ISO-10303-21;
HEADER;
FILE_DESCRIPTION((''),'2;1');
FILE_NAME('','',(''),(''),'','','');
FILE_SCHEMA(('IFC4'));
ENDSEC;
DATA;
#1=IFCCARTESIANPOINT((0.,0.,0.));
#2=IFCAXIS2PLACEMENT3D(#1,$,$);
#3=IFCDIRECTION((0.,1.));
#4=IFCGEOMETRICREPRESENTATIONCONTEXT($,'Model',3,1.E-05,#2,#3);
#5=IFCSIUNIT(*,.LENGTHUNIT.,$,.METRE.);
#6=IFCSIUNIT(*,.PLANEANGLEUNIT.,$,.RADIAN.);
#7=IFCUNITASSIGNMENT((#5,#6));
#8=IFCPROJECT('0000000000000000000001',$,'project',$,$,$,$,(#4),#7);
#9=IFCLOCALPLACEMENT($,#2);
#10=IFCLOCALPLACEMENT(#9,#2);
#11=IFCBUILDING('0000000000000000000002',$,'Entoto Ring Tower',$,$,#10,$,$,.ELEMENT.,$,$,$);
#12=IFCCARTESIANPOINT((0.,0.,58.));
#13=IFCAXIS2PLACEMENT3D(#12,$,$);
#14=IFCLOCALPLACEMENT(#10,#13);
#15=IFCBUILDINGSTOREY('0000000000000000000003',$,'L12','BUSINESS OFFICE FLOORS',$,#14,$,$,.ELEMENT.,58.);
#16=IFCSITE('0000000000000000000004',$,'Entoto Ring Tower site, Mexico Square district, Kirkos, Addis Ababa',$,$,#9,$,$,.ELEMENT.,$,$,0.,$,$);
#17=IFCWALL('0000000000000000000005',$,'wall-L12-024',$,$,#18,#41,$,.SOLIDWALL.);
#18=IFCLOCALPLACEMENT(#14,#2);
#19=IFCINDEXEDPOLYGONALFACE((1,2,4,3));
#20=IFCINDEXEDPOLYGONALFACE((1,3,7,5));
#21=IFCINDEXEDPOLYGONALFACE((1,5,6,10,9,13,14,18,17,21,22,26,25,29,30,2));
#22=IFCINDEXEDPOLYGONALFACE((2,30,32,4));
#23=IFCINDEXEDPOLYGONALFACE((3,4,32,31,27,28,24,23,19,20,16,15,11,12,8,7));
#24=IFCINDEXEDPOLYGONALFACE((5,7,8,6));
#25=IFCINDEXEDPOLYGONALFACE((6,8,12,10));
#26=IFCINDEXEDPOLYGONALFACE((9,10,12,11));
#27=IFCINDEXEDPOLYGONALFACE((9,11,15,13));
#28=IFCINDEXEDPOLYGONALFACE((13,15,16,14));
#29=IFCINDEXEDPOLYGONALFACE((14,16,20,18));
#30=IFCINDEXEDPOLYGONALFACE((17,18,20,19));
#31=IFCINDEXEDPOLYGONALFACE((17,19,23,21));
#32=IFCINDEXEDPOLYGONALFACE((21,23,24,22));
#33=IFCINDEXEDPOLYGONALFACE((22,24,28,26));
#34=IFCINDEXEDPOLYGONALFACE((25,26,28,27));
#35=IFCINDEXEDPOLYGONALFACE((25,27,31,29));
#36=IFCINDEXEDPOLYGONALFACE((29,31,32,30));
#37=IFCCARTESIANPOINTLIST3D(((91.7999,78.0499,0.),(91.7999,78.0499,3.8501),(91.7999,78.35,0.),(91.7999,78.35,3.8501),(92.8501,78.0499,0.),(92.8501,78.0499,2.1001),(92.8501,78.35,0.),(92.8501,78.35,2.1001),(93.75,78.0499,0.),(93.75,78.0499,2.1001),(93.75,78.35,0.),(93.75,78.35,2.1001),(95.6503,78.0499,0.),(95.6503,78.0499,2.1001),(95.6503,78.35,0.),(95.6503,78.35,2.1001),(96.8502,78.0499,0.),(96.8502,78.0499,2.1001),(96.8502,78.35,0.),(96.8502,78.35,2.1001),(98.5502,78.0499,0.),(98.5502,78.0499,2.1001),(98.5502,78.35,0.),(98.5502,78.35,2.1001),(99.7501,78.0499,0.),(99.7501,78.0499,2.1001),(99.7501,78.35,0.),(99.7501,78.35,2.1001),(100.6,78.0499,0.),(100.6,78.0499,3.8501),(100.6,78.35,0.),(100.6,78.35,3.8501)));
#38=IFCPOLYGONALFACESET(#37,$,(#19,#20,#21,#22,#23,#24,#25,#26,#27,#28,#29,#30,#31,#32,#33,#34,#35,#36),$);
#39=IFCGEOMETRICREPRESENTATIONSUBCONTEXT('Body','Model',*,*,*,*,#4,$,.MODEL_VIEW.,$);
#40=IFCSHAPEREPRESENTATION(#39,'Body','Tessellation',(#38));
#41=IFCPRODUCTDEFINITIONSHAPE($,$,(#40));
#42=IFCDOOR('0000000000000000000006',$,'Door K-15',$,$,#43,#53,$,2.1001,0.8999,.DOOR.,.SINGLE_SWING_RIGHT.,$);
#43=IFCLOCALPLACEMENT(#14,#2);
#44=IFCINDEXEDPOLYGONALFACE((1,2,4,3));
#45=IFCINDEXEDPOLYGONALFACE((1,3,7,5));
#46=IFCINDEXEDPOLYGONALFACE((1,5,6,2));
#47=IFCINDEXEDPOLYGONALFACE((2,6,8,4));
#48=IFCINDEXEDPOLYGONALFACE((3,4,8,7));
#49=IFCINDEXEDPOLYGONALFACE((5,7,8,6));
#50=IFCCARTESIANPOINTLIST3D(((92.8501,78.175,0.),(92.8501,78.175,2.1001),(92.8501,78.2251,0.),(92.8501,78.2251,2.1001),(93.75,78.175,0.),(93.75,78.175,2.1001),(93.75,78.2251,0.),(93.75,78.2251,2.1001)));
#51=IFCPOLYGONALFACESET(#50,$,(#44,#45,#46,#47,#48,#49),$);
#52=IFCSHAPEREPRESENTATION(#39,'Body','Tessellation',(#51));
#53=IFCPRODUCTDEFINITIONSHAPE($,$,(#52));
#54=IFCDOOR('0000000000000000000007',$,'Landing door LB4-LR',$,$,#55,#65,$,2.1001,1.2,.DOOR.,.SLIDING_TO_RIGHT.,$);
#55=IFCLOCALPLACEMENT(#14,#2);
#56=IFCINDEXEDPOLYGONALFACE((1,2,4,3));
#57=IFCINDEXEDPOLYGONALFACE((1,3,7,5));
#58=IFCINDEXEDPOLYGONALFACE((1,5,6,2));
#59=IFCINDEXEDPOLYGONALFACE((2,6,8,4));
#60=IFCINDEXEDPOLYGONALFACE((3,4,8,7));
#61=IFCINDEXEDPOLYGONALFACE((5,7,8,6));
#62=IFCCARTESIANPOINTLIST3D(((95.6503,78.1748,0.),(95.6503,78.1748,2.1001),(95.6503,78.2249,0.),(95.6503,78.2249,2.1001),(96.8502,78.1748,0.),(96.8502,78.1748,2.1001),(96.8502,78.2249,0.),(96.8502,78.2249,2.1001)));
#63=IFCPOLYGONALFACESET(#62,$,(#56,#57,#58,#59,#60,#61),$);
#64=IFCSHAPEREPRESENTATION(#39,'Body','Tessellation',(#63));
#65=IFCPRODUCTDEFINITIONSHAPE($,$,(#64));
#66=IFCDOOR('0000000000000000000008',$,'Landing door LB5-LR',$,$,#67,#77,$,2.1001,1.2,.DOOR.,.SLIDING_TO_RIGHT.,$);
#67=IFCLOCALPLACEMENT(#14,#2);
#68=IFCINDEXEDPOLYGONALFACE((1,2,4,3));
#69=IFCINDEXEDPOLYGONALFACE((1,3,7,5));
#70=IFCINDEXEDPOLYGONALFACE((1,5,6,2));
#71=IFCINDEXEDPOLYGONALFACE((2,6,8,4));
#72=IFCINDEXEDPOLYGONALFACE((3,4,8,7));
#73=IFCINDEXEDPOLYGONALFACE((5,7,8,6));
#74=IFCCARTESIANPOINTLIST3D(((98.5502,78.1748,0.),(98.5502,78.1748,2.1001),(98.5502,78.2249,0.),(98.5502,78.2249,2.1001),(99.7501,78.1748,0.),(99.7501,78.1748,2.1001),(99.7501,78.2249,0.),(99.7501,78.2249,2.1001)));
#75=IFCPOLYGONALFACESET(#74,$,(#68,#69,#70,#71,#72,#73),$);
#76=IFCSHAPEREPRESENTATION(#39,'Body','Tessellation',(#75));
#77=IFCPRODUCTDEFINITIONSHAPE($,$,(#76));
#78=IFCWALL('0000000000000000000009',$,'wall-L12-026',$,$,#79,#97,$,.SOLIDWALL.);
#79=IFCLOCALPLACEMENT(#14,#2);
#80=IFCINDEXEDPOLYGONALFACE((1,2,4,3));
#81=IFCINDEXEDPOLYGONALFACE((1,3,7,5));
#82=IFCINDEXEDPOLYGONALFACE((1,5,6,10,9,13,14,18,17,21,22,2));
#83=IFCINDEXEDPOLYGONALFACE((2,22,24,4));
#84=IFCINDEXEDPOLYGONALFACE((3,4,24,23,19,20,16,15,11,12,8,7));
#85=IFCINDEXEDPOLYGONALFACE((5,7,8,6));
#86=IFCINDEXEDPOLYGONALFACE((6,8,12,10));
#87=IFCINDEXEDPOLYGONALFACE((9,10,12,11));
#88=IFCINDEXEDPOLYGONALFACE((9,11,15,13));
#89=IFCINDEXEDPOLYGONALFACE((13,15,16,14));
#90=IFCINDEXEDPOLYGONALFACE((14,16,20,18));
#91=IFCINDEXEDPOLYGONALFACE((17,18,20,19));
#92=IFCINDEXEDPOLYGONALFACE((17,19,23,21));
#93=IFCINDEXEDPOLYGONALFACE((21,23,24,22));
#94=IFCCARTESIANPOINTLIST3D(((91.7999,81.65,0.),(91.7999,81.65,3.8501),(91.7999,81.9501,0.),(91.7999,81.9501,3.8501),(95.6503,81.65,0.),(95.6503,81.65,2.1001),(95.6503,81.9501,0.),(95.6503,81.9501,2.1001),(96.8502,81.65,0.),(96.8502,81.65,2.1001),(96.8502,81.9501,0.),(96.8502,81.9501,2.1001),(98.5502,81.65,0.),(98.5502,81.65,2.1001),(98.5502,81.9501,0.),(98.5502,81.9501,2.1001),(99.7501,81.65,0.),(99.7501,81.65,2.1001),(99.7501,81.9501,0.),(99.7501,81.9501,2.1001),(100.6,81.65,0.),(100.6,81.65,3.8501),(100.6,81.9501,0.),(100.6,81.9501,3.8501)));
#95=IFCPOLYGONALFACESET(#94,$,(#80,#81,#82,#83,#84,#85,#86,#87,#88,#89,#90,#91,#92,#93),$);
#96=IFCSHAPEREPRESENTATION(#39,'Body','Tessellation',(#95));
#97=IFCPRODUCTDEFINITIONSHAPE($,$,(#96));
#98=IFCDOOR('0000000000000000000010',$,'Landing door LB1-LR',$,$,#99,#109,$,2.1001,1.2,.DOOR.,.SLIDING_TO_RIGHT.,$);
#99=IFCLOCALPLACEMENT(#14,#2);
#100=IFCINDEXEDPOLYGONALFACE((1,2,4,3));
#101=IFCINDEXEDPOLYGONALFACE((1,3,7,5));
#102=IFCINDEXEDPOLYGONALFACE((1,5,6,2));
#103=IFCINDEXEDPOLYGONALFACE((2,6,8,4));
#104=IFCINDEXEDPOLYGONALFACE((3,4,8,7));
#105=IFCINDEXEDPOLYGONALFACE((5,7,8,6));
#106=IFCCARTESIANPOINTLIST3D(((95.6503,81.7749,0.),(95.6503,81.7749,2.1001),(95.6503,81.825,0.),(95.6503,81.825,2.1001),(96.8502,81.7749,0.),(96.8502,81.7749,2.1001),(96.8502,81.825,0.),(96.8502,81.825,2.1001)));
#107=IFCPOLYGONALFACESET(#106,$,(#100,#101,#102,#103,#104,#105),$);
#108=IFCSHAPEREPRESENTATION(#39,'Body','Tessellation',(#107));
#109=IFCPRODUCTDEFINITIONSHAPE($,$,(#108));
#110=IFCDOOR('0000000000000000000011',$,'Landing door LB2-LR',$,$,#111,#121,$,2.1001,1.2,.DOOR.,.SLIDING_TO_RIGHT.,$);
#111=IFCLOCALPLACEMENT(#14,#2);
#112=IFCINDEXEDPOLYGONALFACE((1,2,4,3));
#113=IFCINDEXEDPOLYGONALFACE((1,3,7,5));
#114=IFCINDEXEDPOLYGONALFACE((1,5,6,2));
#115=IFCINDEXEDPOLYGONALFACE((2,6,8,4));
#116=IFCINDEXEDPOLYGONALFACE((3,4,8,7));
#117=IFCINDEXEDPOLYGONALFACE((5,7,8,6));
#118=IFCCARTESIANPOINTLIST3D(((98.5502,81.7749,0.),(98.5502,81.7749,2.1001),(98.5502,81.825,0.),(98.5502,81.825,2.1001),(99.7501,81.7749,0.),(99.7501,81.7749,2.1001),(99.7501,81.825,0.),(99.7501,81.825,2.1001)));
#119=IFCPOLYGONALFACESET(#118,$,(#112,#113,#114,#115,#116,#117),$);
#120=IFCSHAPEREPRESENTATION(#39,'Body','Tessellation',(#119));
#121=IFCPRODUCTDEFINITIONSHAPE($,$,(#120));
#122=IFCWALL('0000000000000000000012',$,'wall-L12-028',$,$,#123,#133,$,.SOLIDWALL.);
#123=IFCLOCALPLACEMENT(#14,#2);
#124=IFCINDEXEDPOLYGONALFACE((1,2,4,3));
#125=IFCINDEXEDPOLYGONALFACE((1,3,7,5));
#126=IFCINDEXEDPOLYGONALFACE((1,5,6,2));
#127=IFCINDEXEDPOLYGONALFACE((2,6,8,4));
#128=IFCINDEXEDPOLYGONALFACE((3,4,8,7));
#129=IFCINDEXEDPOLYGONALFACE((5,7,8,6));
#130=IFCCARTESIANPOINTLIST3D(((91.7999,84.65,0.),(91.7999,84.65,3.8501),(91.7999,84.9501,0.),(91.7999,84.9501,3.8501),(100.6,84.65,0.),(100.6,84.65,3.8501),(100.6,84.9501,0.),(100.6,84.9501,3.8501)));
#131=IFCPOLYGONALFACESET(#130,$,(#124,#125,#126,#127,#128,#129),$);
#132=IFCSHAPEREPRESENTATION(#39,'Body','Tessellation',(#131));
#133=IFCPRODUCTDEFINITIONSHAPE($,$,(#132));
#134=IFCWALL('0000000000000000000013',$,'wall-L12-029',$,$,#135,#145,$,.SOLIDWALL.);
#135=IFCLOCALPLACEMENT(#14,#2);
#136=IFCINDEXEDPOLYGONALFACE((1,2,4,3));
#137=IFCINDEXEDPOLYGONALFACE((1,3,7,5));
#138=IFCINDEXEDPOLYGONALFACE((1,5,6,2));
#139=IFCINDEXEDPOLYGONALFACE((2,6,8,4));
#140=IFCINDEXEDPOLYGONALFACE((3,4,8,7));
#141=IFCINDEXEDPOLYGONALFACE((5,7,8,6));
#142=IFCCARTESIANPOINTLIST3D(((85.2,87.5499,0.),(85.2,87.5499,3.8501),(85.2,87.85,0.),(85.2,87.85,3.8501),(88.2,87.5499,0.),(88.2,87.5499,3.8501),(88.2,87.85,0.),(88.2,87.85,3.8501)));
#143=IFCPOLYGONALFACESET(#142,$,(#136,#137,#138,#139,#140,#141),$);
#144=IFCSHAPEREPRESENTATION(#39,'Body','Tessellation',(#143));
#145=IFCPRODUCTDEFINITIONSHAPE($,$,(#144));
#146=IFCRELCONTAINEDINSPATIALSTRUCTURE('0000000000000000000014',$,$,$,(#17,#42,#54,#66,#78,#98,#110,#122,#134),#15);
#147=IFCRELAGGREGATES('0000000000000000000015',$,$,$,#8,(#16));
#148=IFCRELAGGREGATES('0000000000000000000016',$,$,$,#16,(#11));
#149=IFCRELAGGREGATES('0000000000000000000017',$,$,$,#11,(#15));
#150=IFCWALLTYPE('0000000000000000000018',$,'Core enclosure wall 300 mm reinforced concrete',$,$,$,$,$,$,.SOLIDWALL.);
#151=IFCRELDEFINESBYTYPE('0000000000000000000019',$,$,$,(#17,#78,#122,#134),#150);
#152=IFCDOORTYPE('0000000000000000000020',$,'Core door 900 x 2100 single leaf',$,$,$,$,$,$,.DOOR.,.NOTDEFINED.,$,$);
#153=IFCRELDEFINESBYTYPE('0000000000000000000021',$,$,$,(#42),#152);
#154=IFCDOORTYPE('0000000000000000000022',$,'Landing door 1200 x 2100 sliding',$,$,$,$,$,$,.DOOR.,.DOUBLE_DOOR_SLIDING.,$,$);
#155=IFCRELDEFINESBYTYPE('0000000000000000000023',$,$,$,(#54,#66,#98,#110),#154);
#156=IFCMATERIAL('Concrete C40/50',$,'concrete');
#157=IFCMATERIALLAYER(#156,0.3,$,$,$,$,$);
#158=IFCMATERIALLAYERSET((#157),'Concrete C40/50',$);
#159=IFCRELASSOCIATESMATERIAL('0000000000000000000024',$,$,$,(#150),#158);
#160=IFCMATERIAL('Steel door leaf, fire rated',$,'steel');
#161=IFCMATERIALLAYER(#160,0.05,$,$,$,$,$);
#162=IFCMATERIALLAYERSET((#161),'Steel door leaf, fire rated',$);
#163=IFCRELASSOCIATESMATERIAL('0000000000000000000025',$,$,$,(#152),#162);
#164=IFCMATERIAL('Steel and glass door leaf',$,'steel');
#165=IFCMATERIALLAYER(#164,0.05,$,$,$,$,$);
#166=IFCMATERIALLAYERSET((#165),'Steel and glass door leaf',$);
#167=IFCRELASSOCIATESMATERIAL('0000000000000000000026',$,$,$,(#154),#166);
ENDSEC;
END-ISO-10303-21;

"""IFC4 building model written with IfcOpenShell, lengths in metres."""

from ifc_helpers import new_model, si_unit, direction, frame, frame_2d, origin, place, context, subcontext, project, spatial, rectangle, extrude, material, layer, layer_set, type_object, element, fill, save


model = new_model("IFC4")

# Units and contexts
model_context = context("Model", 3, precision=1e-05, world=origin(), true_north=direction((0.0, 1.0)))
body_context = subcontext(model_context, "Body", "Model", "MODEL_VIEW")
ifc_project = project(units=[si_unit("LENGTHUNIT", "METRE"), si_unit("PLANEANGLEUNIT", "RADIAN")], contexts=[model_context])

# Site, building, storey
site_placement = place(None, origin())
site = spatial("IfcSite", under=ifc_project, at=site_placement, Name="Entoto Ring Tower site, Mexico Square district, Kirkos, Addis Ababa", CompositionType="ELEMENT", RefElevation=0.0)
building_placement = place(site_placement, origin())
building = spatial("IfcBuilding", under=site, at=building_placement, Name="Entoto Ring Tower", CompositionType="ELEMENT")
storey_placement = place(building_placement, frame((0.0, 0.0, 58.0)))
storey = spatial("IfcBuildingStorey", under=building, at=storey_placement, Name="L12", Description="BUSINESS OFFICE FLOORS", CompositionType="ELEMENT", Elevation=58.0)

# Shared definitions
ifc_material_1 = material(Name="Concrete C40/50", Category="concrete")
ifc_layer_1 = layer(ifc_material_1, 0.3)
ifc_layer_set_1 = layer_set([ifc_layer_1], Name="Concrete C40/50")
wall_type = type_object("IfcWallType", Name="Core enclosure wall 300 mm reinforced concrete", PredefinedType="SOLIDWALL", material=ifc_layer_set_1)

# Shared definitions
ifc_material_2 = material(Name="Steel door leaf, fire rated", Category="steel")
ifc_layer_2 = layer(ifc_material_2, 0.05)
ifc_layer_set_2 = layer_set([ifc_layer_2], Name="Steel door leaf, fire rated")
door_type_1 = type_object("IfcDoorType", Name="Core door 900 x 2100 single leaf", OperationType="NOTDEFINED", PredefinedType="DOOR", material=ifc_layer_set_2)

# Walls, openings, doors
ifc_material_3 = material(Name="Steel and glass door leaf", Category="steel")
ifc_layer_3 = layer(ifc_material_3, 0.05)
ifc_layer_set_3 = layer_set([ifc_layer_3], Name="Steel and glass door leaf")
door_type_2 = type_object("IfcDoorType", Name="Landing door 1200 x 2100 sliding", OperationType="DOUBLE_DOOR_SLIDING", PredefinedType="DOOR", material=ifc_layer_set_3)
wall_1_placement = place(storey_placement, frame((91.8, 78.2, 0.0), z_axis=(0.0, 0.0, 1.0), x_axis=(1.0, 0.0, 0.0)))
wall_1 = element("IfcWall", 1, at=wall_1_placement, inside=storey, type_object=wall_type, Name="wall-L12-024", PredefinedType="SOLIDWALL", context=body_context, shape_type="SweptSolid", body=[
    extrude(rectangle(XDim=8.8, YDim=0.3, at=frame_2d((4.3999, 0.0))), origin(), (0.0, 0.0, 1.0), 3.8501),
])
opening_1_placement = place(wall_1_placement, frame((3.8501, 0.0, 0.0)))
opening_1 = element("IfcOpeningElement", 2, at=opening_1_placement, cuts=wall_1, PredefinedType="OPENING", context=body_context, shape_type="SweptSolid", body=[
    extrude(rectangle(XDim=1.2, YDim=2.1001, at=frame_2d((0.6001, 1.05))), frame((0.0, 0.1602, 0.0), z_axis=(0.0, -1.0, 0.0), x_axis=(1.0, 0.0, 0.0)), (0.0, 0.0, 1.0), 0.3201),
])
opening_2_placement = place(wall_1_placement, frame((6.75, 0.0, 0.0)))
opening_2 = element("IfcOpeningElement", 3, at=opening_2_placement, cuts=wall_1, PredefinedType="OPENING", context=body_context, shape_type="SweptSolid", body=[
    extrude(rectangle(XDim=1.2, YDim=2.1001, at=frame_2d((0.6001, 1.05))), frame((0.0, 0.1602, 0.0), z_axis=(0.0, -1.0, 0.0), x_axis=(1.0, 0.0, 0.0)), (0.0, 0.0, 1.0), 0.3201),
])
opening_3_placement = place(wall_1_placement, frame((1.05, 0.0, 0.0)))
opening_3 = element("IfcOpeningElement", 4, at=opening_3_placement, cuts=wall_1, PredefinedType="OPENING", context=body_context, shape_type="SweptSolid", body=[
    extrude(rectangle(XDim=0.8999, YDim=2.1001, at=frame_2d((0.45, 1.05))), frame((0.0, 0.1602, 0.0), z_axis=(0.0, -1.0, 0.0), x_axis=(1.0, 0.0, 0.0)), (0.0, 0.0, 1.0), 0.3201),
])
door_1_placement = place(opening_3_placement, frame((0.8999, 0.0, 0.0), z_axis=(0.0, 0.0, 1.0), x_axis=(-1.0, 0.0, 0.0)))
door_1 = element("IfcDoor", 5, at=door_1_placement, inside=storey, type_object=door_type_1, Name="Door K-15", OperationType="SINGLE_SWING_RIGHT", OverallHeight=2.1001, OverallWidth=0.8999, PredefinedType="DOOR", context=body_context, shape_type="SweptSolid", body=[
    extrude(rectangle(XDim=0.8999, YDim=2.1001, at=frame_2d((0.45, 1.05))), frame((0.0, 0.0249, 0.0), z_axis=(0.0, -1.0, 0.0), x_axis=(1.0, 0.0, 0.0)), (0.0, 0.0, 1.0), 0.05),
])
fill(opening_3, door_1)
door_2_placement = place(opening_1_placement, origin())
door_2 = element("IfcDoor", 6, at=door_2_placement, inside=storey, type_object=door_type_2, Name="Landing door LB4-LR", OperationType="SLIDING_TO_RIGHT", OverallHeight=2.1001, OverallWidth=1.2, PredefinedType="DOOR", context=body_context, shape_type="SweptSolid", body=[
    extrude(rectangle(XDim=1.2, YDim=2.1001, at=frame_2d((0.6001, 1.05))), frame((0.0, 0.0249, 0.0), z_axis=(0.0, -1.0, 0.0), x_axis=(1.0, 0.0, 0.0)), (0.0, 0.0, 1.0), 0.05),
])
fill(opening_1, door_2)
door_3_placement = place(opening_2_placement, origin())
door_3 = element("IfcDoor", 7, at=door_3_placement, inside=storey, type_object=door_type_2, Name="Landing door LB5-LR", OperationType="SLIDING_TO_RIGHT", OverallHeight=2.1001, OverallWidth=1.2, PredefinedType="DOOR", context=body_context, shape_type="SweptSolid", body=[
    extrude(rectangle(XDim=1.2, YDim=2.1001, at=frame_2d((0.6001, 1.05))), frame((0.0, 0.0249, 0.0), z_axis=(0.0, -1.0, 0.0), x_axis=(1.0, 0.0, 0.0)), (0.0, 0.0, 1.0), 0.05),
])
fill(opening_2, door_3)
wall_2_placement = place(storey_placement, frame((91.8, 81.8, 0.0), z_axis=(0.0, 0.0, 1.0), x_axis=(1.0, 0.0, 0.0)))
wall_2 = element("IfcWall", 8, at=wall_2_placement, inside=storey, type_object=wall_type, Name="wall-L12-026", PredefinedType="SOLIDWALL", context=body_context, shape_type="SweptSolid", body=[
    extrude(rectangle(XDim=8.8, YDim=0.3, at=frame_2d((4.3999, 0.0))), origin(), (0.0, 0.0, 1.0), 3.8501),
])
opening_4_placement = place(wall_2_placement, frame((3.8501, 0.0, 0.0)))
opening_4 = element("IfcOpeningElement", 9, at=opening_4_placement, cuts=wall_2, PredefinedType="OPENING", context=body_context, shape_type="SweptSolid", body=[
    extrude(rectangle(XDim=1.2, YDim=2.1001, at=frame_2d((0.6001, 1.05))), frame((0.0, 0.1602, 0.0), z_axis=(0.0, -1.0, 0.0), x_axis=(1.0, 0.0, 0.0)), (0.0, 0.0, 1.0), 0.3201),
])
opening_5_placement = place(wall_2_placement, frame((6.75, 0.0, 0.0)))
opening_5 = element("IfcOpeningElement", 10, at=opening_5_placement, cuts=wall_2, PredefinedType="OPENING", context=body_context, shape_type="SweptSolid", body=[
    extrude(rectangle(XDim=1.2, YDim=2.1001, at=frame_2d((0.6001, 1.05))), frame((0.0, 0.1602, 0.0), z_axis=(0.0, -1.0, 0.0), x_axis=(1.0, 0.0, 0.0)), (0.0, 0.0, 1.0), 0.3201),
])
door_4_placement = place(opening_4_placement, origin())
door_4 = element("IfcDoor", 11, at=door_4_placement, inside=storey, type_object=door_type_2, Name="Landing door LB1-LR", OperationType="SLIDING_TO_RIGHT", OverallHeight=2.1001, OverallWidth=1.2, PredefinedType="DOOR", context=body_context, shape_type="SweptSolid", body=[
    extrude(rectangle(XDim=1.2, YDim=2.1001, at=frame_2d((0.6001, 1.05))), frame((0.0, 0.0249, 0.0), z_axis=(0.0, -1.0, 0.0), x_axis=(1.0, 0.0, 0.0)), (0.0, 0.0, 1.0), 0.05),
])
fill(opening_4, door_4)
door_5_placement = place(opening_5_placement, origin())
door_5 = element("IfcDoor", 12, at=door_5_placement, inside=storey, type_object=door_type_2, Name="Landing door LB2-LR", OperationType="SLIDING_TO_RIGHT", OverallHeight=2.1001, OverallWidth=1.2, PredefinedType="DOOR", context=body_context, shape_type="SweptSolid", body=[
    extrude(rectangle(XDim=1.2, YDim=2.1001, at=frame_2d((0.6001, 1.05))), frame((0.0, 0.0249, 0.0), z_axis=(0.0, -1.0, 0.0), x_axis=(1.0, 0.0, 0.0)), (0.0, 0.0, 1.0), 0.05),
])
fill(opening_5, door_5)

# Walls
wall_3_placement = place(storey_placement, frame((91.8, 84.8, 0.0), z_axis=(0.0, 0.0, 1.0), x_axis=(1.0, 0.0, 0.0)))
element("IfcWall", 13, at=wall_3_placement, inside=storey, type_object=wall_type, Name="wall-L12-028", PredefinedType="SOLIDWALL", context=body_context, shape_type="SweptSolid", body=[
    extrude(rectangle(XDim=8.8, YDim=0.3, at=frame_2d((4.3999, 0.0))), origin(), (0.0, 0.0, 1.0), 3.8501),
])
wall_4_placement = place(storey_placement, frame((85.2, 87.7, 0.0), z_axis=(0.0, 0.0, 1.0), x_axis=(1.0, 0.0, 0.0)))
element("IfcWall", 14, at=wall_4_placement, inside=storey, type_object=wall_type, Name="wall-L12-029", PredefinedType="SOLIDWALL", context=body_context, shape_type="SweptSolid", body=[
    extrude(rectangle(XDim=3.0, YDim=0.3, at=frame_2d((1.5, 0.0))), origin(), (0.0, 0.0, 1.0), 3.8501),
])

save(model, "model.ifc")
